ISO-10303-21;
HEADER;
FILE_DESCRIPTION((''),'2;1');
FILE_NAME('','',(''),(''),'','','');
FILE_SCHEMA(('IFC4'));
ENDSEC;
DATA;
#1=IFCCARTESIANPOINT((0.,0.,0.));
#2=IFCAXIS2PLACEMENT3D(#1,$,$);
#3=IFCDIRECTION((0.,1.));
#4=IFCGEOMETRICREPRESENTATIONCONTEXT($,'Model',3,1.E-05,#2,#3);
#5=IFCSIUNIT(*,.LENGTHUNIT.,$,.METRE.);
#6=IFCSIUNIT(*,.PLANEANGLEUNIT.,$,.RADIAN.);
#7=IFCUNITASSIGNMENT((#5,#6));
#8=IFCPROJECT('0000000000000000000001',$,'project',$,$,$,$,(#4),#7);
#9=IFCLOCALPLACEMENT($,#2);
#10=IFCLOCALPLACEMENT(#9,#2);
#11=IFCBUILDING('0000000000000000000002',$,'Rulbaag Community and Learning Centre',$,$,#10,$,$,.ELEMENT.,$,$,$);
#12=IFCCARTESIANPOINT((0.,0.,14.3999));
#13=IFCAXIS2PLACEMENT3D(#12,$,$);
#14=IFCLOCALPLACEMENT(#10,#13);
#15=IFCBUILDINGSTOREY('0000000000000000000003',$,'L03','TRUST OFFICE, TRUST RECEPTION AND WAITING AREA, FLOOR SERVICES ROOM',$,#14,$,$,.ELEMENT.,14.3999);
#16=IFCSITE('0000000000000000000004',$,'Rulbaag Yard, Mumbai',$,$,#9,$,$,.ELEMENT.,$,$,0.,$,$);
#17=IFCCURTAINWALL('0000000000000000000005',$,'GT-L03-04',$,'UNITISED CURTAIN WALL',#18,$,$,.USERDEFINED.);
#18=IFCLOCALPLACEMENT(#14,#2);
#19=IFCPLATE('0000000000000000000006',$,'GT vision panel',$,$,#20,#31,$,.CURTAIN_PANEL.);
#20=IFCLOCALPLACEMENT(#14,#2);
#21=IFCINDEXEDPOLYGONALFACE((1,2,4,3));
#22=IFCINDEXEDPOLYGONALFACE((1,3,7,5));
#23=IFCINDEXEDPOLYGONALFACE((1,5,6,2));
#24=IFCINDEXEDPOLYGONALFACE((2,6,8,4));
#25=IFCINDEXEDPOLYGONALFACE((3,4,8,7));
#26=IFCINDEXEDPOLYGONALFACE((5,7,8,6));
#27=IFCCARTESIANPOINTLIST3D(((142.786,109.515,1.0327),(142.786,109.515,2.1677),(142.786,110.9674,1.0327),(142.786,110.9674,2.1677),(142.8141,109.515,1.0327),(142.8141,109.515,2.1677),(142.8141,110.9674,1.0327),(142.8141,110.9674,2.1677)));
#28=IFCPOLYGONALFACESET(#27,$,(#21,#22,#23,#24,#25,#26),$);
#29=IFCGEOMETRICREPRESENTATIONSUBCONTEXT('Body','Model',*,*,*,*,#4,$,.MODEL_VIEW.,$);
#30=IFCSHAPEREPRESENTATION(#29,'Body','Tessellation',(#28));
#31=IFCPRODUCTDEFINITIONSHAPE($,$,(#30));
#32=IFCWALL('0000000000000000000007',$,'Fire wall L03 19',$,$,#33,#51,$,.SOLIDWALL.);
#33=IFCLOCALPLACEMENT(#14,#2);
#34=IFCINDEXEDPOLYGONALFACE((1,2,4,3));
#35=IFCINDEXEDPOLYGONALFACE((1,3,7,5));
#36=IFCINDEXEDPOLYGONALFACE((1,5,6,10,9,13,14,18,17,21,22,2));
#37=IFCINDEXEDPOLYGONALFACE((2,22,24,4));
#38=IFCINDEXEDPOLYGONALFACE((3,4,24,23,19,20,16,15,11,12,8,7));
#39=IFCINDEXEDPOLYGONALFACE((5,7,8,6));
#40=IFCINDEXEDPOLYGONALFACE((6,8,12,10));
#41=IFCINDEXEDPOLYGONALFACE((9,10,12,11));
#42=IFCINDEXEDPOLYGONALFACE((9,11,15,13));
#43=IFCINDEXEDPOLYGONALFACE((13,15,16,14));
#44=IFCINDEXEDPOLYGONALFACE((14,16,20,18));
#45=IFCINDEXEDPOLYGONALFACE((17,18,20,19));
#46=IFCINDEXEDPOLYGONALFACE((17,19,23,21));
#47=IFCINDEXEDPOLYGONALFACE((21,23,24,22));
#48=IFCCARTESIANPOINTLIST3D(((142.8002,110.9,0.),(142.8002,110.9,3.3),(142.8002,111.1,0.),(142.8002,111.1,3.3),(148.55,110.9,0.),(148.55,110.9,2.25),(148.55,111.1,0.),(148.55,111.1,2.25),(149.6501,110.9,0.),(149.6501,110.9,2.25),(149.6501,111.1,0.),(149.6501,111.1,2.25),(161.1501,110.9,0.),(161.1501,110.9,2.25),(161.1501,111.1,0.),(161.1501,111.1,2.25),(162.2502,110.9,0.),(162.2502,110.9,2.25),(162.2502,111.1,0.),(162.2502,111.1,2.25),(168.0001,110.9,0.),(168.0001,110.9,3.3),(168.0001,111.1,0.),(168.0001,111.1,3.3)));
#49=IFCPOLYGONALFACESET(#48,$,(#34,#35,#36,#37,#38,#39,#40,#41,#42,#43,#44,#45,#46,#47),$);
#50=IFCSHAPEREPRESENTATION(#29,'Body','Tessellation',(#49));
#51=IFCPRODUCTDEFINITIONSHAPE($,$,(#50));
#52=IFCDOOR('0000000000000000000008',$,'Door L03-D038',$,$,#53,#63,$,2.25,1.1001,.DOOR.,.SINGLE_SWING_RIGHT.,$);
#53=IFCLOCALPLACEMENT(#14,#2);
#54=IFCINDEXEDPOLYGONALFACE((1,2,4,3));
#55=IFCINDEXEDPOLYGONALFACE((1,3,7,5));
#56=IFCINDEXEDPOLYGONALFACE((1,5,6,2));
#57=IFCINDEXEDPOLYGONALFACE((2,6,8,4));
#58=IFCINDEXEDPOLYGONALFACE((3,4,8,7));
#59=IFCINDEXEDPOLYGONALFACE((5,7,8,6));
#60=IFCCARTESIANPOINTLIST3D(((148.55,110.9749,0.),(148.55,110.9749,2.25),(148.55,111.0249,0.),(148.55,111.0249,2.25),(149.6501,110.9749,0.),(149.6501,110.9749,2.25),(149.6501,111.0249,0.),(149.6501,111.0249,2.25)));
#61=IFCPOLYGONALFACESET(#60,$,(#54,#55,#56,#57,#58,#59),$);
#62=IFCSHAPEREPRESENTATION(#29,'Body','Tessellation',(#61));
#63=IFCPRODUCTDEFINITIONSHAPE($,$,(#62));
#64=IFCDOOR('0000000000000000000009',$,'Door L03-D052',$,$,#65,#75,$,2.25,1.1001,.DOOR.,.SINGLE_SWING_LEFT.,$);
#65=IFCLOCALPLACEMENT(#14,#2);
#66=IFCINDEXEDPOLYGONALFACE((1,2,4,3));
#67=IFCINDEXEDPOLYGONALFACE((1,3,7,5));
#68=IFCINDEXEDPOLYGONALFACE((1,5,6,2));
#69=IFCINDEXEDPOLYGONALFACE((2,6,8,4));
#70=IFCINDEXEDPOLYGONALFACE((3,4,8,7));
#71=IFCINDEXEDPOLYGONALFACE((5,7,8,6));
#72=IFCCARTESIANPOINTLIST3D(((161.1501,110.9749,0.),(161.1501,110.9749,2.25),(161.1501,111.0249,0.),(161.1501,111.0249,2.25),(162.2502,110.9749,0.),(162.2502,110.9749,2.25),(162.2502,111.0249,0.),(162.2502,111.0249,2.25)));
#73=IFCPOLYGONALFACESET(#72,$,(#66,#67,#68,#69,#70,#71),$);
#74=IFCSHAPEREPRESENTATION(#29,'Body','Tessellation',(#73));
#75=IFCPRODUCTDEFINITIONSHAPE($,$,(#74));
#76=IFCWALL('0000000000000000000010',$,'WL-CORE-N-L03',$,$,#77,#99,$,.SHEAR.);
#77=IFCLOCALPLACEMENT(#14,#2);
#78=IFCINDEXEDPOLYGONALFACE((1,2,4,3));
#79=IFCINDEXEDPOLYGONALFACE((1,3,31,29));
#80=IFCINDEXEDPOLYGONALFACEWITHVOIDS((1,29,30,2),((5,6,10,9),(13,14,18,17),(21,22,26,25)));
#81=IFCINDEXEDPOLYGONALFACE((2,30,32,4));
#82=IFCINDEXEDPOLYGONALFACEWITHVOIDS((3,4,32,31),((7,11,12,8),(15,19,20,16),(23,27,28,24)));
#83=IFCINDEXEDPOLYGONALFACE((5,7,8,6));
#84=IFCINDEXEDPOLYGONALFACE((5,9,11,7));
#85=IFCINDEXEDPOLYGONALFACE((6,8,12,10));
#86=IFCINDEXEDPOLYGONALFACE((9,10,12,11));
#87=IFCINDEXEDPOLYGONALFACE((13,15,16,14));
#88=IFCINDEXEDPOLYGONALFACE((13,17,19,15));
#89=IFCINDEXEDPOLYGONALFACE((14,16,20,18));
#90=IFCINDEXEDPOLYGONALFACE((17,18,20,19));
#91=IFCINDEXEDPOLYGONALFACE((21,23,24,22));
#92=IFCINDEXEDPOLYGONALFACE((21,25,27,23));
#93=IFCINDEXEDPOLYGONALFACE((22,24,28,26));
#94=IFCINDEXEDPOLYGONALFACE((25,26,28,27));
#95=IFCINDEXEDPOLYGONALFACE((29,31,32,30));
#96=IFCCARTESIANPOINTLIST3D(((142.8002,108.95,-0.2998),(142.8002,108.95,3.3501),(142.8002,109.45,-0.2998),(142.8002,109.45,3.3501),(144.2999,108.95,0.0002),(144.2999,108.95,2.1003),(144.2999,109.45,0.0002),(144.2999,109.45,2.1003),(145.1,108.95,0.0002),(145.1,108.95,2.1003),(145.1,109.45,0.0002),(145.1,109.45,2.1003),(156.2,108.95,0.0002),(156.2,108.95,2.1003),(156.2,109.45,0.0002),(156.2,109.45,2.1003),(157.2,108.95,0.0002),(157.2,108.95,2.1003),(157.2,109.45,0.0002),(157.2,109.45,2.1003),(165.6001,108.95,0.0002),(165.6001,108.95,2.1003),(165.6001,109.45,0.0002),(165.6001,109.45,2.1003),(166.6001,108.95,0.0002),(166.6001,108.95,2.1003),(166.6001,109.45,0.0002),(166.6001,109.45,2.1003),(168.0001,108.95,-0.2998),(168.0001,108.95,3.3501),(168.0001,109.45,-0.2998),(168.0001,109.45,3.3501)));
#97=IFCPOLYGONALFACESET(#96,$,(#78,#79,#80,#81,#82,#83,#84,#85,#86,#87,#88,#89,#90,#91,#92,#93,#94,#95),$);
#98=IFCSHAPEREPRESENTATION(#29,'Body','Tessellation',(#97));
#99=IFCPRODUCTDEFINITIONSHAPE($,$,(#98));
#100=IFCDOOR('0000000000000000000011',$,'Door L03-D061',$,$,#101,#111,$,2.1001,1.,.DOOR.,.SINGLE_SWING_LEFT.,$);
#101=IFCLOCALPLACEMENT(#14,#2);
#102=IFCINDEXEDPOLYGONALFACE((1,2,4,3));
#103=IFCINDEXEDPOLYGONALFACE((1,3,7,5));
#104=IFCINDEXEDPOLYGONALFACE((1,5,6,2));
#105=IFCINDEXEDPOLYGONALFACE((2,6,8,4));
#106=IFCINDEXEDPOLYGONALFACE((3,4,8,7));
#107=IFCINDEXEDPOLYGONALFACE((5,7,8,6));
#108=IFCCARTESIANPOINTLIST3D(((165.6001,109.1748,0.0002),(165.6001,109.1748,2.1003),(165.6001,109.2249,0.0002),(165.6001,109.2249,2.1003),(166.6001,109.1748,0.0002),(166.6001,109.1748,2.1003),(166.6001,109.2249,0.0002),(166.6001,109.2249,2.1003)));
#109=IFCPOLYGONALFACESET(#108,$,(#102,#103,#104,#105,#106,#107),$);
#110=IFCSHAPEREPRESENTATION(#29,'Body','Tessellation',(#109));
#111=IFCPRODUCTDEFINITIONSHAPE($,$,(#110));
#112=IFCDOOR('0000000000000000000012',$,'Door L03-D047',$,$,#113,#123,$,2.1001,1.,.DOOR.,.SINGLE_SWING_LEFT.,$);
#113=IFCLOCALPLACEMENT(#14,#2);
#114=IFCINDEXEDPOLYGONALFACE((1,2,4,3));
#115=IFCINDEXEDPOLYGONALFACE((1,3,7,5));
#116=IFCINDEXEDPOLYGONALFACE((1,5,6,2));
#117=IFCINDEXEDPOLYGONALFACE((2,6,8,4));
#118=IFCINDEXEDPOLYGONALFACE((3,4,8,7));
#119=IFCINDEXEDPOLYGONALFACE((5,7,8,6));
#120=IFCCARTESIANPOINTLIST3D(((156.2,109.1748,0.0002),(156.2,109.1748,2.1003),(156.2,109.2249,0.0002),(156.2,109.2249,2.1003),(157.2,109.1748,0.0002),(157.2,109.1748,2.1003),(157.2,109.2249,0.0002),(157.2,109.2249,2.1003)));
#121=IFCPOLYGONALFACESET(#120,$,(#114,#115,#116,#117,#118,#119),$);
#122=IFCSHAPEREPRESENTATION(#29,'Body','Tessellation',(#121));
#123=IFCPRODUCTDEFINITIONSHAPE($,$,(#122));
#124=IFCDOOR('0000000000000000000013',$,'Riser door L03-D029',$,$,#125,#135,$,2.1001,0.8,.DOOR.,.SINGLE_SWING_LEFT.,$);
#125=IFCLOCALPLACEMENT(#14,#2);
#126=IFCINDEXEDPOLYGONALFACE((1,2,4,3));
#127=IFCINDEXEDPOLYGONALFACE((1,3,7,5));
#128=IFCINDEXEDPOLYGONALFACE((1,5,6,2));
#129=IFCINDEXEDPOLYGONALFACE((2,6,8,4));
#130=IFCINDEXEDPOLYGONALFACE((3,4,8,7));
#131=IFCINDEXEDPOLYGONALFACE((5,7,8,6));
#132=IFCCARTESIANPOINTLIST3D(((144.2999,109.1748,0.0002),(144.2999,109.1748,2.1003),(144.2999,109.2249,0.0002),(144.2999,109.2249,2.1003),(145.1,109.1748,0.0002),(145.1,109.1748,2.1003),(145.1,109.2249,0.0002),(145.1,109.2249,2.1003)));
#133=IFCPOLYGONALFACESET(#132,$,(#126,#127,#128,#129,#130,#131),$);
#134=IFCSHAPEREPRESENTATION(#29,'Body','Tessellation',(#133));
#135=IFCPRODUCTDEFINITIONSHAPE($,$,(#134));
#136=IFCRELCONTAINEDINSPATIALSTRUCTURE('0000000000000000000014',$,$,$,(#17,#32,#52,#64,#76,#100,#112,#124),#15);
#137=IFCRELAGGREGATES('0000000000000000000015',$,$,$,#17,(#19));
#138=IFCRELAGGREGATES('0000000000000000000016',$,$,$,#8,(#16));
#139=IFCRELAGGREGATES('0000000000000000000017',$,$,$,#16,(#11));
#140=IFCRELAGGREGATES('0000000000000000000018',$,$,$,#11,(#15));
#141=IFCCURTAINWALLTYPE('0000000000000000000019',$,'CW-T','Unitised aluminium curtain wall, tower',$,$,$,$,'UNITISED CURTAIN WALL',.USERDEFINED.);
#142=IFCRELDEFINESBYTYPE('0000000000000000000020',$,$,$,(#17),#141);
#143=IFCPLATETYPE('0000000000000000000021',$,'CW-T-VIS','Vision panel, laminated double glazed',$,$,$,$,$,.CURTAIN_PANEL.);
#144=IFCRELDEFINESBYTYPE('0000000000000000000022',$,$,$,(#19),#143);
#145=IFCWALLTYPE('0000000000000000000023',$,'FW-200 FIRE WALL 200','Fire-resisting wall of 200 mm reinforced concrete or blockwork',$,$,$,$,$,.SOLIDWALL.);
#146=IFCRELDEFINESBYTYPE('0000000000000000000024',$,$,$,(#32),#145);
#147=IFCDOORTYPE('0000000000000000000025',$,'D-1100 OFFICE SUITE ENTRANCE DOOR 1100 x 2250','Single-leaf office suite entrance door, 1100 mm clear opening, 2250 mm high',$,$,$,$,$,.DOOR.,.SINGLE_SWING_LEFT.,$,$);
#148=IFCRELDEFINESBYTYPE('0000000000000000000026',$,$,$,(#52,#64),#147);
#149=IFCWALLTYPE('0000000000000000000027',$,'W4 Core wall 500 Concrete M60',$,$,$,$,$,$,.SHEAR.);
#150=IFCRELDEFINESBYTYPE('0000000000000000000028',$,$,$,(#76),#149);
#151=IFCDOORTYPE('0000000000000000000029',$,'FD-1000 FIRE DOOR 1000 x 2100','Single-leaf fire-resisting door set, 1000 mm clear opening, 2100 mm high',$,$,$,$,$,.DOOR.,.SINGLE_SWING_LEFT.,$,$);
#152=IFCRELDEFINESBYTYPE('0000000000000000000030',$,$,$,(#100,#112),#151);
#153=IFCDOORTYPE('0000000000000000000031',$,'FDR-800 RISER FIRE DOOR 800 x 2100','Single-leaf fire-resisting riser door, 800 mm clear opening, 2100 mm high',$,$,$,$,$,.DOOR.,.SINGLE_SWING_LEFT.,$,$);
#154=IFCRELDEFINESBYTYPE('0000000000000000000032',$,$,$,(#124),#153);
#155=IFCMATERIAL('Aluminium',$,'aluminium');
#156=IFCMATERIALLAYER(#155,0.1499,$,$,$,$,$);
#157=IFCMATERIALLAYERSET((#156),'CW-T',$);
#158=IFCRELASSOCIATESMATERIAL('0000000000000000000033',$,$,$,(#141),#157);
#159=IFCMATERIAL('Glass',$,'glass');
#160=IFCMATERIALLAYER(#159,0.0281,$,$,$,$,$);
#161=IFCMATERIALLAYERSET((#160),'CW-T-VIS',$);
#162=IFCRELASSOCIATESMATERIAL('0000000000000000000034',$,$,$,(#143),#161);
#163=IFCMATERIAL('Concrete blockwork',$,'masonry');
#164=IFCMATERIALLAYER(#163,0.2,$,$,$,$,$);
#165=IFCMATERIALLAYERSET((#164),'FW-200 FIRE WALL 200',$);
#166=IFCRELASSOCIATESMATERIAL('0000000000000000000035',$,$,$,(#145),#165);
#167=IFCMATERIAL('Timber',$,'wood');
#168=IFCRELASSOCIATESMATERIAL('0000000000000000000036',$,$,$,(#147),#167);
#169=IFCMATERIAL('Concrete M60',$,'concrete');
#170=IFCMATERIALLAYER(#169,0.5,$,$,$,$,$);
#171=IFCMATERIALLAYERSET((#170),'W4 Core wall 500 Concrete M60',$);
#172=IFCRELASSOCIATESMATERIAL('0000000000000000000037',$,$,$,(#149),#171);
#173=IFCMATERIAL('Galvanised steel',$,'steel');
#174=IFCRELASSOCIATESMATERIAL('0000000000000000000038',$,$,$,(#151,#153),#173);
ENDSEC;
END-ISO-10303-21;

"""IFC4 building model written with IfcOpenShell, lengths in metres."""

from ifc_helpers import new_model, si_unit, direction, frame, frame_2d, origin, origin_2d, place, context, subcontext, project, spatial, rectangle, extrude, material, layer, layer_set, type_object, element, fill, aggregate, save


model = new_model("IFC4")

# Units and contexts
model_context = context("Model", 3, precision=1e-05, world=origin(), true_north=direction((0.0, 1.0)))
body_context = subcontext(model_context, "Body", "Model", "MODEL_VIEW")
ifc_project = project(units=[si_unit("LENGTHUNIT", "METRE"), si_unit("PLANEANGLEUNIT", "RADIAN")], contexts=[model_context])

# Site, building, storey
site_placement = place(None, origin())
site = spatial("IfcSite", under=ifc_project, at=site_placement, Name="Rulbaag Yard, Mumbai", CompositionType="ELEMENT", RefElevation=0.0)
building_placement = place(site_placement, origin())
building = spatial("IfcBuilding", under=site, at=building_placement, Name="Rulbaag Community and Learning Centre", CompositionType="ELEMENT")
storey_placement = place(building_placement, frame((0.0, 0.0, 14.3999)))
storey = spatial("IfcBuildingStorey", under=building, at=storey_placement, Name="L03", Description="TRUST OFFICE, TRUST RECEPTION AND WAITING AREA, FLOOR SERVICES ROOM", CompositionType="ELEMENT", Elevation=14.3999)

# Curtain wall, plate
ifc_material_1 = material(Name="Aluminium", Category="aluminium")
ifc_layer_1 = layer(ifc_material_1, 0.1499)
ifc_layer_set_1 = layer_set([ifc_layer_1], Name="CW-T")
curtain_wall_type = type_object("IfcCurtainWallType", Name="CW-T", Description="Unitised aluminium curtain wall, tower", ElementType="UNITISED CURTAIN WALL", PredefinedType="USERDEFINED", material=ifc_layer_set_1)
curtain_wall_placement = place(storey_placement, origin())
curtain_wall = element("IfcCurtainWall", 1, at=curtain_wall_placement, inside=storey, type_object=curtain_wall_type, Name="GT-L03-04", ObjectType="UNITISED CURTAIN WALL", PredefinedType="USERDEFINED")
ifc_material_2 = material(Name="Glass", Category="glass")
ifc_layer_2 = layer(ifc_material_2, 0.0281)
ifc_layer_set_2 = layer_set([ifc_layer_2], Name="CW-T-VIS")
plate_type_1 = type_object("IfcPlateType", Name="CW-T-VIS", Description="Vision panel, laminated double glazed", PredefinedType="CURTAIN_PANEL", material=ifc_layer_set_2)
plate_1_placement = place(storey_placement, frame((142.8, 110.2412, 1.0327), z_axis=(0.0, 0.0, 1.0), x_axis=(0.0, 1.0, 0.0)))
plate_1 = element("IfcPlate", 2, at=plate_1_placement, type_object=plate_type_1, Name="GT vision panel", PredefinedType="CURTAIN_PANEL", context=body_context, shape_type="SweptSolid", body=[
    extrude(rectangle(XDim=1.4524, YDim=0.0281, at=origin_2d()), origin(), (0.0, 0.0, 1.0), 1.135),
])
aggregate(curtain_wall, [plate_1])

# Walls, openings, doors
ifc_material_3 = material(Name="Concrete blockwork", Category="masonry")
ifc_layer_3 = layer(ifc_material_3, 0.2)
ifc_layer_set_3 = layer_set([ifc_layer_3], Name="FW-200 FIRE WALL 200")
wall_type_1 = type_object("IfcWallType", Name="FW-200 FIRE WALL 200", Description="Fire-resisting wall of 200 mm reinforced concrete or blockwork", PredefinedType="SOLIDWALL", material=ifc_layer_set_3)
wall_1_placement = place(storey_placement, frame((142.8, 111.0, 0.0), z_axis=(0.0, 0.0, 1.0), x_axis=(1.0, 0.0, 0.0)))
wall_1 = element("IfcWall", 3, at=wall_1_placement, inside=storey, type_object=wall_type_1, Name="Fire wall L03 19", PredefinedType="SOLIDWALL", context=body_context, shape_type="SweptSolid", body=[
    extrude(rectangle(XDim=25.2, YDim=0.2, at=frame_2d((12.6001, 0.0))), origin(), (0.0, 0.0, 1.0), 3.3),
])
opening_1_placement = place(wall_1_placement, frame((5.75, 0.0, 0.0)))
opening_1 = element("IfcOpeningElement", 4, at=opening_1_placement, cuts=wall_1, PredefinedType="OPENING", context=body_context, shape_type="SweptSolid", body=[
    extrude(rectangle(XDim=1.1001, YDim=2.25, at=frame_2d((0.55, 1.125))), frame((0.0, 0.1099, 0.0), z_axis=(0.0, -1.0, 0.0), x_axis=(1.0, 0.0, 0.0)), (0.0, 0.0, 1.0), 0.22),
])
opening_2_placement = place(wall_1_placement, frame((18.3501, 0.0, 0.0)))
opening_2 = element("IfcOpeningElement", 5, at=opening_2_placement, cuts=wall_1, PredefinedType="OPENING", context=body_context, shape_type="SweptSolid", body=[
    extrude(rectangle(XDim=1.1001, YDim=2.25, at=frame_2d((0.55, 1.125))), frame((0.0, 0.1099, 0.0), z_axis=(0.0, -1.0, 0.0), x_axis=(1.0, 0.0, 0.0)), (0.0, 0.0, 1.0), 0.22),
])
ifc_material_4 = material(Name="Timber", Category="wood")
door_type_1 = type_object("IfcDoorType", Name="D-1100 OFFICE SUITE ENTRANCE DOOR 1100 x 2250", Description="Single-leaf office suite entrance door, 1100 mm clear opening, 2250 mm high", OperationType="SINGLE_SWING_LEFT", PredefinedType="DOOR", material=ifc_material_4)
door_1_placement = place(opening_1_placement, origin())
door_1 = element("IfcDoor", 6, at=door_1_placement, inside=storey, type_object=door_type_1, Name="Door L03-D038", OperationType="SINGLE_SWING_RIGHT", OverallHeight=2.25, OverallWidth=1.1001, PredefinedType="DOOR", context=body_context, shape_type="SweptSolid", body=[
    extrude(rectangle(XDim=1.1001, YDim=2.25, at=frame_2d((0.55, 1.125))), frame((0.0, 0.0249, 0.0), z_axis=(0.0, -1.0, 0.0), x_axis=(1.0, 0.0, 0.0)), (0.0, 0.0, 1.0), 0.05),
])
fill(opening_1, door_1)
door_2_placement = place(opening_2_placement, origin())
door_2 = element("IfcDoor", 7, at=door_2_placement, inside=storey, type_object=door_type_1, Name="Door L03-D052", OperationType="SINGLE_SWING_LEFT", OverallHeight=2.25, OverallWidth=1.1001, PredefinedType="DOOR", context=body_context, shape_type="SweptSolid", body=[
    extrude(rectangle(XDim=1.1001, YDim=2.25, at=frame_2d((0.55, 1.125))), frame((0.0, 0.0249, 0.0), z_axis=(0.0, -1.0, 0.0), x_axis=(1.0, 0.0, 0.0)), (0.0, 0.0, 1.0), 0.05),
])
fill(opening_2, door_2)
ifc_material_5 = material(Name="Concrete M60", Category="concrete")
ifc_layer_4 = layer(ifc_material_5, 0.5)
ifc_layer_set_4 = layer_set([ifc_layer_4], Name="W4 Core wall 500 Concrete M60")
wall_type_2 = type_object("IfcWallType", Name="W4 Core wall 500 Concrete M60", PredefinedType="SHEAR", material=ifc_layer_set_4)
wall_2_placement = place(storey_placement, frame((142.8, 109.2, -0.2998), z_axis=(0.0, 0.0, 1.0), x_axis=(1.0, 0.0, 0.0)))
wall_2 = element("IfcWall", 8, at=wall_2_placement, inside=storey, type_object=wall_type_2, Name="WL-CORE-N-L03", PredefinedType="SHEAR", context=body_context, shape_type="SweptSolid", body=[
    extrude(rectangle(XDim=25.2, YDim=0.5, at=frame_2d((12.6001, 0.0))), origin(), (0.0, 0.0, 1.0), 3.6499),
])
opening_3_placement = place(wall_2_placement, frame((22.8, 0.0, 0.3)))
opening_3 = element("IfcOpeningElement", 9, at=opening_3_placement, cuts=wall_2, PredefinedType="OPENING", context=body_context, shape_type="SweptSolid", body=[
    extrude(rectangle(XDim=1.0, YDim=2.1001, at=frame_2d((0.5, 1.05))), frame((0.0, 0.26, 0.0), z_axis=(0.0, -1.0, 0.0), x_axis=(1.0, 0.0, 0.0)), (0.0, 0.0, 1.0), 0.52),
])
opening_4_placement = place(wall_2_placement, frame((1.5, 0.0, 0.3)))
opening_4 = element("IfcOpeningElement", 10, at=opening_4_placement, cuts=wall_2, PredefinedType="OPENING", context=body_context, shape_type="SweptSolid", body=[
    extrude(rectangle(XDim=0.8, YDim=2.1001, at=frame_2d((0.3999, 1.05))), frame((0.0, 0.26, 0.0), z_axis=(0.0, -1.0, 0.0), x_axis=(1.0, 0.0, 0.0)), (0.0, 0.0, 1.0), 0.52),
])
opening_5_placement = place(wall_2_placement, frame((13.3999, 0.0, 0.3)))
opening_5 = element("IfcOpeningElement", 11, at=opening_5_placement, cuts=wall_2, PredefinedType="OPENING", context=body_context, shape_type="SweptSolid", body=[
    extrude(rectangle(XDim=1.0, YDim=2.1001, at=frame_2d((0.5, 1.05))), frame((0.0, 0.26, 0.0), z_axis=(0.0, -1.0, 0.0), x_axis=(1.0, 0.0, 0.0)), (0.0, 0.0, 1.0), 0.52),
])
ifc_material_6 = material(Name="Galvanised steel", Category="steel")
door_type_2 = type_object("IfcDoorType", Name="FD-1000 FIRE DOOR 1000 x 2100", Description="Single-leaf fire-resisting door set, 1000 mm clear opening, 2100 mm high", OperationType="SINGLE_SWING_LEFT", PredefinedType="DOOR", material=ifc_material_6)
door_3_placement = place(opening_3_placement, origin())
door_3 = element("IfcDoor", 12, at=door_3_placement, inside=storey, type_object=door_type_2, Name="Door L03-D061", OperationType="SINGLE_SWING_LEFT", OverallHeight=2.1001, OverallWidth=1.0, PredefinedType="DOOR", context=body_context, shape_type="SweptSolid", body=[
    extrude(rectangle(XDim=1.0, YDim=2.1001, at=frame_2d((0.5, 1.05))), frame((0.0, 0.0249, 0.0), z_axis=(0.0, -1.0, 0.0), x_axis=(1.0, 0.0, 0.0)), (0.0, 0.0, 1.0), 0.05),
])
fill(opening_3, door_3)
door_4_placement = place(opening_5_placement, origin())
door_4 = element("IfcDoor", 13, at=door_4_placement, inside=storey, type_object=door_type_2, Name="Door L03-D047", OperationType="SINGLE_SWING_LEFT", OverallHeight=2.1001, OverallWidth=1.0, PredefinedType="DOOR", context=body_context, shape_type="SweptSolid", body=[
    extrude(rectangle(XDim=1.0, YDim=2.1001, at=frame_2d((0.5, 1.05))), frame((0.0, 0.0249, 0.0), z_axis=(0.0, -1.0, 0.0), x_axis=(1.0, 0.0, 0.0)), (0.0, 0.0, 1.0), 0.05),
])
fill(opening_5, door_4)
door_type_3 = type_object("IfcDoorType", Name="FDR-800 RISER FIRE DOOR 800 x 2100", Description="Single-leaf fire-resisting riser door, 800 mm clear opening, 2100 mm high", OperationType="SINGLE_SWING_LEFT", PredefinedType="DOOR", material=ifc_material_6)
door_5_placement = place(opening_4_placement, origin())
door_5 = element("IfcDoor", 14, at=door_5_placement, inside=storey, type_object=door_type_3, Name="Riser door L03-D029", OperationType="SINGLE_SWING_LEFT", OverallHeight=2.1001, OverallWidth=0.8, PredefinedType="DOOR", context=body_context, shape_type="SweptSolid", body=[
    extrude(rectangle(XDim=0.8, YDim=2.1001, at=frame_2d((0.3999, 1.05))), frame((0.0, 0.0249, 0.0), z_axis=(0.0, -1.0, 0.0), x_axis=(1.0, 0.0, 0.0)), (0.0, 0.0, 1.0), 0.05),
])
fill(opening_4, door_5)

save(model, "model.ifc")
